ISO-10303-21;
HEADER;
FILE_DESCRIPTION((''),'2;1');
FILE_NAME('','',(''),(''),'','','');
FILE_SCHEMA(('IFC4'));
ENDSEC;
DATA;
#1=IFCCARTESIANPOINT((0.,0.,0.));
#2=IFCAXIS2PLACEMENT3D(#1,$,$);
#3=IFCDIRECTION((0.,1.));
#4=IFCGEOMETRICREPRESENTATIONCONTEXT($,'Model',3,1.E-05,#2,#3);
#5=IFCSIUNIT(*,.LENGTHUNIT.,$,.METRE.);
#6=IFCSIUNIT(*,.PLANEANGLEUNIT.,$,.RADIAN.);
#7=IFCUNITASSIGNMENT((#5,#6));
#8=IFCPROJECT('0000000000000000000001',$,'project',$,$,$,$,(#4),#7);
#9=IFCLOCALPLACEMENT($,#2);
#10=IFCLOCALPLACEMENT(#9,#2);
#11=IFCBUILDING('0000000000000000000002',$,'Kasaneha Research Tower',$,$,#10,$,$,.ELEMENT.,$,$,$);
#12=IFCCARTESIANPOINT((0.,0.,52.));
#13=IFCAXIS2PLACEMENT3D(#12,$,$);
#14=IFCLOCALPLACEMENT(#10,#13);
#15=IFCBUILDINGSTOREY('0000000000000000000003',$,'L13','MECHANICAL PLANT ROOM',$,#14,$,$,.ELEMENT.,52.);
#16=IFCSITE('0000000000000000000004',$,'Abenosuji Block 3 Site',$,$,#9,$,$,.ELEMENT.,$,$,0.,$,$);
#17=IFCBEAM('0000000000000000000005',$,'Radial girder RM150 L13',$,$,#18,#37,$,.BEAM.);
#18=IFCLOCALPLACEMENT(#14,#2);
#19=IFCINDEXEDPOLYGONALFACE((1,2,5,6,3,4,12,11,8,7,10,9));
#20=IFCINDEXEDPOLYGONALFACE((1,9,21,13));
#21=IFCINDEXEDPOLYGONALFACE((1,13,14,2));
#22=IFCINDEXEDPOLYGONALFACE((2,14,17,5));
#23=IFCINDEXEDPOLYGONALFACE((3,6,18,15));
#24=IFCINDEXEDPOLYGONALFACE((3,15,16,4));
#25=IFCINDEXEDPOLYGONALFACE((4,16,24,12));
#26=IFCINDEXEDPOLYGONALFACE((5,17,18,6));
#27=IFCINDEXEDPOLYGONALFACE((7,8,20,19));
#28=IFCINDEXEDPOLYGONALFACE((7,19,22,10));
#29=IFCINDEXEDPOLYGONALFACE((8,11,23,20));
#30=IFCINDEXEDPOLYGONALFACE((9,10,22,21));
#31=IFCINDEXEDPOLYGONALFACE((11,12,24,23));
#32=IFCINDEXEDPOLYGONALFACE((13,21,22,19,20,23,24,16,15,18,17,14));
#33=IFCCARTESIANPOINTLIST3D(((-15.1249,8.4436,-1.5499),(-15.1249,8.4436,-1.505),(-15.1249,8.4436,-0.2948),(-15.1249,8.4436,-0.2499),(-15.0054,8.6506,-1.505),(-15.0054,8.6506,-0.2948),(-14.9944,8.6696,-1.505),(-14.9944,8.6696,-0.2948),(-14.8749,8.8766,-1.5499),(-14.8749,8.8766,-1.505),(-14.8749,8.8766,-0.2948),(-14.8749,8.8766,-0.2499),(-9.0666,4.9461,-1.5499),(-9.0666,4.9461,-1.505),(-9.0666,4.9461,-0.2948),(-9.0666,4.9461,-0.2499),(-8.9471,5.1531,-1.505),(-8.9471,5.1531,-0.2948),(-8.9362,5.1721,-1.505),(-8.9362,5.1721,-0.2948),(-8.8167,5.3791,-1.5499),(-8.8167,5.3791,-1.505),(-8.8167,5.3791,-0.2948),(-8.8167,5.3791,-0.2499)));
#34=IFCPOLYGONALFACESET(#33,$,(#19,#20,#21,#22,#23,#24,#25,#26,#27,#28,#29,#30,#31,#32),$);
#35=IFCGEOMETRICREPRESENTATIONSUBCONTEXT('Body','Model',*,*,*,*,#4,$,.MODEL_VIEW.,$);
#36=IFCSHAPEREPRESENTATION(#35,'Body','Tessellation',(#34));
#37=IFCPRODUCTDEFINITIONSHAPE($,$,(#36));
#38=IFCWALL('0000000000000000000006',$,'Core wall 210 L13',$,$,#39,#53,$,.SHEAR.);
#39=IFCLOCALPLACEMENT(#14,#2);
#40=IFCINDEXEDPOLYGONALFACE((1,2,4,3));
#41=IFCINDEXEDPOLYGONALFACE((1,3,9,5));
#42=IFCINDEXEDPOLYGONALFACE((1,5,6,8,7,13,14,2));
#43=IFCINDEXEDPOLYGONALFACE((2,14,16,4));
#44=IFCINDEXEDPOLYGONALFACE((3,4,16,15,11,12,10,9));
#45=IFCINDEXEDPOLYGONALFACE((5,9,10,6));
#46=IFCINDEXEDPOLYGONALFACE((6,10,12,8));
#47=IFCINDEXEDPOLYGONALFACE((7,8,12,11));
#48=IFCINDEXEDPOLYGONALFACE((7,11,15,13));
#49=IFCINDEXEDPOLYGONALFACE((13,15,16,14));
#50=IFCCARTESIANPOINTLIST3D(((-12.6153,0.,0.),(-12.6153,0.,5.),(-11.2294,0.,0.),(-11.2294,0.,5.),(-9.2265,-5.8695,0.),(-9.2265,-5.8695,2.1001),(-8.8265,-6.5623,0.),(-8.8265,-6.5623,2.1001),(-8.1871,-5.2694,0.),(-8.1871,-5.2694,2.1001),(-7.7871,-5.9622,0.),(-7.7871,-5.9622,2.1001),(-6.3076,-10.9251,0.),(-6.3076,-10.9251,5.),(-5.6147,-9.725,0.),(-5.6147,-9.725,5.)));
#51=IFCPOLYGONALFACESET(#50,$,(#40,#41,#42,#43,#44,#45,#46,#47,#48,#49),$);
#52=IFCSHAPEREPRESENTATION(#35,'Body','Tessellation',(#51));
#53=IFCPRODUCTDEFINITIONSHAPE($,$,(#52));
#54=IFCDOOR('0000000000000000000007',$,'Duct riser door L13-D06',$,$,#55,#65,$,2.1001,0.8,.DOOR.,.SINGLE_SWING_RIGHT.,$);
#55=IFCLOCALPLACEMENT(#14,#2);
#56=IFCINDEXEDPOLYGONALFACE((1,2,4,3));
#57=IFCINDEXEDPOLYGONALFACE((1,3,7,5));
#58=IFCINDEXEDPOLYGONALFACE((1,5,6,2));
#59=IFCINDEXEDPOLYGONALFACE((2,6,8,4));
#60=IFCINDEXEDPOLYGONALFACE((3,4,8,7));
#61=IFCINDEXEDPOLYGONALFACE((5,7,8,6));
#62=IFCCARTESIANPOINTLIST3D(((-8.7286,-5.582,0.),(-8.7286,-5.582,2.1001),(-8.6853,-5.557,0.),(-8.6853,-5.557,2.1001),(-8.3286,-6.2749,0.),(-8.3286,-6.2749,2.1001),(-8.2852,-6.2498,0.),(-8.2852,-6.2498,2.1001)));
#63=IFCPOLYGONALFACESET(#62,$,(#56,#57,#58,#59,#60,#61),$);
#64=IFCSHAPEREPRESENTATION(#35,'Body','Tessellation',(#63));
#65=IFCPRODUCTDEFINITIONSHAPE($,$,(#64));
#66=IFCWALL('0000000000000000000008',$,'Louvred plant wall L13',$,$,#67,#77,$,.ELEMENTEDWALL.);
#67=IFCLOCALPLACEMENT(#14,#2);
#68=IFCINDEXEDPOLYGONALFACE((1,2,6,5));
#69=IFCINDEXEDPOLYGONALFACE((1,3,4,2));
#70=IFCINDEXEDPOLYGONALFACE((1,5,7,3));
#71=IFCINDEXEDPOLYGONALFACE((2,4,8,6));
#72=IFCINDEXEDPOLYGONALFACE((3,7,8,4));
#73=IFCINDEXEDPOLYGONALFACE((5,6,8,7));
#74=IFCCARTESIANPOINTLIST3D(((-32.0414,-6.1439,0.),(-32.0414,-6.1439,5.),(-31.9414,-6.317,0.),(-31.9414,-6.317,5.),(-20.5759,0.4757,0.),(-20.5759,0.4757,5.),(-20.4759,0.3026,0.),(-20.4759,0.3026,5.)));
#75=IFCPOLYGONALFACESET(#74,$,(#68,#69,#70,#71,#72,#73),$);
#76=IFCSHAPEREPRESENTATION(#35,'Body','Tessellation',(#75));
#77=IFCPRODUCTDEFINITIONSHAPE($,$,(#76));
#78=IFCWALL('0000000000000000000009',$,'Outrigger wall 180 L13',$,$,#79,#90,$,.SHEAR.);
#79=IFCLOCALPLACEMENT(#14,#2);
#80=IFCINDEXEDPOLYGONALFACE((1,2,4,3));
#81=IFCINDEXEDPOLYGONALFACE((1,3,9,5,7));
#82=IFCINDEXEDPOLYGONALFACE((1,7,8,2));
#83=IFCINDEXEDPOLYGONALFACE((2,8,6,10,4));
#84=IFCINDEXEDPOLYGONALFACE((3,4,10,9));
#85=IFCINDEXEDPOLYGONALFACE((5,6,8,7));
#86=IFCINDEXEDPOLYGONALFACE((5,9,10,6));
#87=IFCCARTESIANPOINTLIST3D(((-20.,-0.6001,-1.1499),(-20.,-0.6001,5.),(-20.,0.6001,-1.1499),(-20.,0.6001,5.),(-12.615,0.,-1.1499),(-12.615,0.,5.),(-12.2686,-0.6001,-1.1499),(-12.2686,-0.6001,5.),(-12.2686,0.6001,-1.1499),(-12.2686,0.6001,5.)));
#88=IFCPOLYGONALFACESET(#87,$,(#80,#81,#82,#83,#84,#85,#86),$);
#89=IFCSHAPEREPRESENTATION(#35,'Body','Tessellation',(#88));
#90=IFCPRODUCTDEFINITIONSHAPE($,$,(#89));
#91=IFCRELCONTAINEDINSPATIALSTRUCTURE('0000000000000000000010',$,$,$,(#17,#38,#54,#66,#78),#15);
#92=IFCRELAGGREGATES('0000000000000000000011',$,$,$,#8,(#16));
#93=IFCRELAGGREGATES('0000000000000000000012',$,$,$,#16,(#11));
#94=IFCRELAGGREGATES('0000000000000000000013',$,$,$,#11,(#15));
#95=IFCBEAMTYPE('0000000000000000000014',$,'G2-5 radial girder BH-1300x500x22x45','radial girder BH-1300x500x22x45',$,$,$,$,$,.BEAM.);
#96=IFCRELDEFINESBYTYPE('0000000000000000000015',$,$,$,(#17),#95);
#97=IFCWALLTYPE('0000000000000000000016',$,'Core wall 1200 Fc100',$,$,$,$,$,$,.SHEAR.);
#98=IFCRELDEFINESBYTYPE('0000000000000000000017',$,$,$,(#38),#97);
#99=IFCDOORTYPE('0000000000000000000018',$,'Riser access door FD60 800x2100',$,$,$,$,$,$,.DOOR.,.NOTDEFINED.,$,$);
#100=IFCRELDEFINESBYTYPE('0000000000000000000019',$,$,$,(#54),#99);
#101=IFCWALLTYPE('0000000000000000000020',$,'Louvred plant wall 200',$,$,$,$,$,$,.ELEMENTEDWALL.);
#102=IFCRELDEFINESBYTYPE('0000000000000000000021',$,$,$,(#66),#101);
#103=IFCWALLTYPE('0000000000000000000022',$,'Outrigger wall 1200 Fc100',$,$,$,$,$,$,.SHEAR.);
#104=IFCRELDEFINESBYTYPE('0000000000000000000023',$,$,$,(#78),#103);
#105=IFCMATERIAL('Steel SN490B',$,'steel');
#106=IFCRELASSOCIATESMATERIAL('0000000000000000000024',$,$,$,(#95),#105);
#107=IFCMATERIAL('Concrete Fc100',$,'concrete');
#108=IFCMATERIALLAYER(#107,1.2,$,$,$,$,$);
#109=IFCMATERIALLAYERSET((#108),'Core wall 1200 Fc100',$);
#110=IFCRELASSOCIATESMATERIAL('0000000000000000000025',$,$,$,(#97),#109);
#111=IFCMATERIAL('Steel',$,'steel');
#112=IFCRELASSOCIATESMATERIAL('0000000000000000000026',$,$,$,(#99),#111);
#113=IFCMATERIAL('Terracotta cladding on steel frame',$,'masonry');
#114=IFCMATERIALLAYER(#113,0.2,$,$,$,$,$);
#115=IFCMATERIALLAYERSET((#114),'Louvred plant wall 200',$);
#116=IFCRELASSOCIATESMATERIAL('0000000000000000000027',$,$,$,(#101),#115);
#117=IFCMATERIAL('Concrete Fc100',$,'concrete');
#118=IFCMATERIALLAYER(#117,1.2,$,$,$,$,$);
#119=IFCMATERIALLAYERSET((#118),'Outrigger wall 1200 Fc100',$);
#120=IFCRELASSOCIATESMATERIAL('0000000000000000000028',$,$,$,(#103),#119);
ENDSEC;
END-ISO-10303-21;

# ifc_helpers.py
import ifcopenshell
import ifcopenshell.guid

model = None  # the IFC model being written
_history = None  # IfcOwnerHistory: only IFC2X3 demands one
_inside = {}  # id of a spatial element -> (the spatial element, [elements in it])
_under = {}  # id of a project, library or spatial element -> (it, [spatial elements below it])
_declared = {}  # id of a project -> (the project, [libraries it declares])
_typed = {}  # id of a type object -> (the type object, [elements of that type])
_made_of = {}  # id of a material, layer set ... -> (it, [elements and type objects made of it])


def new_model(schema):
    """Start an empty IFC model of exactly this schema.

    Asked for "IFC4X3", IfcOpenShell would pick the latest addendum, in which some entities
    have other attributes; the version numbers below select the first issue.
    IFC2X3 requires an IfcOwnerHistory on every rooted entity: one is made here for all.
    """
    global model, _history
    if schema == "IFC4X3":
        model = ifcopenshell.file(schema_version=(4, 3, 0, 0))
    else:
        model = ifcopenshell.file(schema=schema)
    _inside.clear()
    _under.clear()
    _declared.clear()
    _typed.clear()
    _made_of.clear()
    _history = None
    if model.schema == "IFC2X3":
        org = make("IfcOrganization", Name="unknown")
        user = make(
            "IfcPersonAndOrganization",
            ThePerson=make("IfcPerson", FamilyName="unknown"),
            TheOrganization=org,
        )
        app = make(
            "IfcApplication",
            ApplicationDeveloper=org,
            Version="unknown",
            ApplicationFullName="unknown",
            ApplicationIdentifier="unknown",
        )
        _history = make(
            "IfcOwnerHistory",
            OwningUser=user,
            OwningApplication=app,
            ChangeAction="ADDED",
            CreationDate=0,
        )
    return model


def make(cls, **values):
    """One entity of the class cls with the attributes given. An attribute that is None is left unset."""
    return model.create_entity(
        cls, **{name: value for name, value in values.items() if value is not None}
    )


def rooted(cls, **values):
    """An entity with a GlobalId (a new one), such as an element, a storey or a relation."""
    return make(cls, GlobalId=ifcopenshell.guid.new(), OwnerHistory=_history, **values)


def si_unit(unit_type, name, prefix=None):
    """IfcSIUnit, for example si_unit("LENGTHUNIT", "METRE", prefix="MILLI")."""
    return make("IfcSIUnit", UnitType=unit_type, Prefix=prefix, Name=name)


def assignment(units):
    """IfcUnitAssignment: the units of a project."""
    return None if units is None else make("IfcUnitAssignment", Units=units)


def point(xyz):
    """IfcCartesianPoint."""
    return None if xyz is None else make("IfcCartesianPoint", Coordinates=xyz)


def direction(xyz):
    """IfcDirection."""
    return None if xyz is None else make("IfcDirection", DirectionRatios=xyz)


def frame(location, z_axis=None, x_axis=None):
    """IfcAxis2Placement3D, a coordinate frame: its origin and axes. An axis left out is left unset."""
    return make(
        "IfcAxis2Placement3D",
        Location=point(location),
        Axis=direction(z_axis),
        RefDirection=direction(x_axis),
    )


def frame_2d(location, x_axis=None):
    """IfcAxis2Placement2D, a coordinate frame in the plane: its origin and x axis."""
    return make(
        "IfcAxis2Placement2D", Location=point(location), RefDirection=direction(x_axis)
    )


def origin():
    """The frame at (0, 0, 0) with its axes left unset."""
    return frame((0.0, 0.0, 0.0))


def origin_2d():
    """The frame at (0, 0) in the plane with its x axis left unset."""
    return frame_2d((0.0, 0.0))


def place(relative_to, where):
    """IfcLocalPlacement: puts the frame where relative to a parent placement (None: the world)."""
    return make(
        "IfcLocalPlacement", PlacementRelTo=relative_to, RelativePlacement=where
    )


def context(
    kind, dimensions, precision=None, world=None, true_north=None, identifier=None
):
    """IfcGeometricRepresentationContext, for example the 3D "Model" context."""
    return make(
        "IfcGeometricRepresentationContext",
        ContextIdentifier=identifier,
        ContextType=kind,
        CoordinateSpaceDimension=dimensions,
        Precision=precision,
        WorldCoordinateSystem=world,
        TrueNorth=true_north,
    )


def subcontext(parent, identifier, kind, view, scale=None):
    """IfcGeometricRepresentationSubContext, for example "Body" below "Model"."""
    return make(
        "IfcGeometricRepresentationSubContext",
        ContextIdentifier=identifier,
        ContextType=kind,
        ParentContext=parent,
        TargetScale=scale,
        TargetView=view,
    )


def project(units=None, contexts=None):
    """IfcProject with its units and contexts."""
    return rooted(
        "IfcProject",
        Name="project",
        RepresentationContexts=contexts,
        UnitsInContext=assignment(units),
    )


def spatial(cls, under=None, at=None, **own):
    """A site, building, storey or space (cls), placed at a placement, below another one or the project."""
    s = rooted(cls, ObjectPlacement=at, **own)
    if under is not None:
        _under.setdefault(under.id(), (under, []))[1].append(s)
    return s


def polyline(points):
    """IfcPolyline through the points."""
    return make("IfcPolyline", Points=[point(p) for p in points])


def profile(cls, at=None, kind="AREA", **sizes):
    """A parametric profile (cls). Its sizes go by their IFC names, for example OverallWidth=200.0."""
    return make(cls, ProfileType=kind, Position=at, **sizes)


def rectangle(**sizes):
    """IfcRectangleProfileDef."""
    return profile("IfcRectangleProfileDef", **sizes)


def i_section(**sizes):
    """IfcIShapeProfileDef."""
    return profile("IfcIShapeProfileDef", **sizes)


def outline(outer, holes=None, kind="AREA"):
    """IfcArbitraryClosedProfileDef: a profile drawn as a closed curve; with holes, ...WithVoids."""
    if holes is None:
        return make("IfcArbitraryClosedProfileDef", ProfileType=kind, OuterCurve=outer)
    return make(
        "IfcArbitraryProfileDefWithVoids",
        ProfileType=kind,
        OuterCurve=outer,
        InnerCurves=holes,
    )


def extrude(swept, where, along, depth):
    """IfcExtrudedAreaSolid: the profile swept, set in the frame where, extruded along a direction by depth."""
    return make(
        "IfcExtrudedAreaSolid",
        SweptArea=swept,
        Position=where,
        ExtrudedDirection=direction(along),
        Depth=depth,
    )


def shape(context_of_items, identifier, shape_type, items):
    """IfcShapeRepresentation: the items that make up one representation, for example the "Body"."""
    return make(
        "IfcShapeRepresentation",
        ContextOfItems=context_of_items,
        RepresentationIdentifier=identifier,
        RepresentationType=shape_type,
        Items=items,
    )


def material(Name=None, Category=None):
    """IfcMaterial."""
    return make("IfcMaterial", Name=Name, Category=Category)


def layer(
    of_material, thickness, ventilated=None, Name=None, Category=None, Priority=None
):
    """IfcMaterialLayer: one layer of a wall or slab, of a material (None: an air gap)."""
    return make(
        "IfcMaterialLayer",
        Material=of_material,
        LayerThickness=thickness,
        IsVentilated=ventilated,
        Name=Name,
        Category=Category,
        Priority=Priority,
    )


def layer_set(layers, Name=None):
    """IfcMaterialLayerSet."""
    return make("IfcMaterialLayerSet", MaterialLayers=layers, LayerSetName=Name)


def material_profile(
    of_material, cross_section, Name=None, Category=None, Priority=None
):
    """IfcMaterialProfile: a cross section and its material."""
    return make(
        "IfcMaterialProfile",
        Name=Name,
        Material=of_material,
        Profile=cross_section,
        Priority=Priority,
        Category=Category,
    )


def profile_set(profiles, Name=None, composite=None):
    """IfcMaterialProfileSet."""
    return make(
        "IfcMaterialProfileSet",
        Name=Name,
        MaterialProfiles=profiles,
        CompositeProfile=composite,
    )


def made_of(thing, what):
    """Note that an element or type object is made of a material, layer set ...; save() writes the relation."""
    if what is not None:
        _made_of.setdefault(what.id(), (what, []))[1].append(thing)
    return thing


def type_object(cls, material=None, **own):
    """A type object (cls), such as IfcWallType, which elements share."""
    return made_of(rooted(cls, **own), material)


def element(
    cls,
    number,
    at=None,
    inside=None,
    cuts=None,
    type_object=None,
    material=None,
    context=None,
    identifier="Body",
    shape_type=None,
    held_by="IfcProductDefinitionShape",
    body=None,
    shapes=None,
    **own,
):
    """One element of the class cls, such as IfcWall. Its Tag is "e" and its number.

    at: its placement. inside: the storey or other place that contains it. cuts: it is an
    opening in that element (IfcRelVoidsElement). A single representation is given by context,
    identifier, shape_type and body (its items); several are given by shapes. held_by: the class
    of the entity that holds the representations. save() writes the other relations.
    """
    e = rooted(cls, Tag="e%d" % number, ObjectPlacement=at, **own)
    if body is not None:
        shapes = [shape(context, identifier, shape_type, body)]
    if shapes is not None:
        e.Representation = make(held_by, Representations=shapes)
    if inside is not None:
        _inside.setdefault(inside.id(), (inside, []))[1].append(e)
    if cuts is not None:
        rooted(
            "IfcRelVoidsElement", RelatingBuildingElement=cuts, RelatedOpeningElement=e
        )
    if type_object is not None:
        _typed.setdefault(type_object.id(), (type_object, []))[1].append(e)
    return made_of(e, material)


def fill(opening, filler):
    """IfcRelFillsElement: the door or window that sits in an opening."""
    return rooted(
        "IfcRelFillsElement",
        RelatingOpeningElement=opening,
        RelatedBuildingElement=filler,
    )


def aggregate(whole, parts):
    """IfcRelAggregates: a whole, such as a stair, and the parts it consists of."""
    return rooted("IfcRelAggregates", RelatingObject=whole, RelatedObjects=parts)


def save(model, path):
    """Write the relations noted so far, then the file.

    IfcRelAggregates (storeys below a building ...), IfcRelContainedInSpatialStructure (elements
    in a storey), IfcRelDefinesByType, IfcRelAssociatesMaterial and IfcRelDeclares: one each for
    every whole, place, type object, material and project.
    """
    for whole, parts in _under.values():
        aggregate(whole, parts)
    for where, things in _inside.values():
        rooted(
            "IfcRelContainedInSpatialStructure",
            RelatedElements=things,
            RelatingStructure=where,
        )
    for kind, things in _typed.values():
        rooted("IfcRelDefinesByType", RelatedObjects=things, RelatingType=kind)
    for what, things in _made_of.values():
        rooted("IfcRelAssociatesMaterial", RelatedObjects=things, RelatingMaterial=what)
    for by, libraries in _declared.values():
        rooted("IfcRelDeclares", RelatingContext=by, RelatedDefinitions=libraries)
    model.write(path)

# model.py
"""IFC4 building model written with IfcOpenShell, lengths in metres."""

from ifc_helpers import new_model, si_unit, direction, frame, frame_2d, origin, origin_2d, place, context, subcontext, project, spatial, polyline, rectangle, i_section, outline, extrude, material, layer, layer_set, material_profile, profile_set, type_object, element, fill, save


model = new_model("IFC4")

# Units and contexts
model_context = context("Model", 3, precision=1e-05, world=origin(), true_north=direction((0.0, 1.0)))
body_context = subcontext(model_context, "Body", "Model", "MODEL_VIEW")
ifc_project = project(units=[si_unit("LENGTHUNIT", "METRE"), si_unit("PLANEANGLEUNIT", "RADIAN")], contexts=[model_context])

# Site, building, storey
site_placement = place(None, origin())
site = spatial("IfcSite", under=ifc_project, at=site_placement, Name="Abenosuji Block 3 Site", CompositionType="ELEMENT", RefElevation=0.0)
building_placement = place(site_placement, origin())
building = spatial("IfcBuilding", under=site, at=building_placement, Name="Kasaneha Research Tower", CompositionType="ELEMENT")
storey_placement = place(building_placement, frame((0.0, 0.0, 52.0)))
storey = spatial("IfcBuildingStorey", under=building, at=storey_placement, Name="L13", Description="MECHANICAL PLANT ROOM", CompositionType="ELEMENT", Elevation=52.0)

# Beam
ifc_material_1 = material(Name="Steel SN490B", Category="steel")
ifc_material_profile_1 = material_profile(ifc_material_1, i_section(OverallWidth=0.5, OverallDepth=1.3, WebThickness=0.022, FlangeThickness=0.0449, at=origin_2d()), Name="BH-1300x500x22x45")
ifc_profile_set_1 = profile_set([ifc_material_profile_1], Name="Steel SN490B")
beam_type_1 = type_object("IfcBeamType", Name="G2-5 radial girder BH-1300x500x22x45", Description="radial girder BH-1300x500x22x45", PredefinedType="BEAM", material=ifc_profile_set_1)
beam_1_placement = place(storey_placement, frame((-8.9417, 5.1626, -0.8999), z_axis=(-0.86604, 0.499975, 0.0), x_axis=(-0.499975, -0.86604, 0.0)))
element("IfcBeam", 1, at=beam_1_placement, inside=storey, type_object=beam_type_1, Name="Radial girder RM150 L13", PredefinedType="BEAM", context=body_context, shape_type="SweptSolid", body=[
    extrude(i_section(OverallWidth=0.5, OverallDepth=1.3, WebThickness=0.022, FlangeThickness=0.0449, at=origin_2d()), origin(), (0.0, 0.0, 1.0), 6.9954),
])

# Wall, opening, door
ifc_material_2 = material(Name="Concrete Fc100", Category="concrete")
ifc_layer_1 = layer(ifc_material_2, 1.2)
ifc_layer_set_1 = layer_set([ifc_layer_1], Name="Core wall 1200 Fc100")
wall_type_1 = type_object("IfcWallType", Name="Core wall 1200 Fc100", PredefinedType="SHEAR", material=ifc_layer_set_1)
wall_1_placement = place(storey_placement, frame((-11.9224, 0.0, 0.0), z_axis=(0.0, 0.0, 1.0), x_axis=(0.500004, -0.866023, 0.0)))
wall_1 = element("IfcWall", 2, at=wall_1_placement, inside=storey, type_object=wall_type_1, Name="Core wall 210 L13", PredefinedType="SHEAR", context=body_context, shape_type="SweptSolid", body=[
    extrude(outline(polyline([(-0.3464, -0.6001), (6.4312, -0.6001), (7.2312, -0.6001), (12.2688, -0.6001), (11.5759, 0.6001), (7.2312, 0.6001), (6.4312, 0.6001), (0.3464, 0.6001), (-0.3464, -0.6001)])), origin(), (0.0, 0.0, 1.0), 5.0),
])
opening_1_placement = place(wall_1_placement, frame((6.4312, 0.0, 0.0)))
opening_1 = element("IfcOpeningElement", 3, at=opening_1_placement, cuts=wall_1, PredefinedType="OPENING", context=body_context, shape_type="SweptSolid", body=[
    extrude(rectangle(XDim=0.8, YDim=2.1001, at=frame_2d((0.3999, 1.05))), frame((0.0, 0.6099, 0.0), z_axis=(0.0, -1.0, 0.0), x_axis=(1.0, 0.0, 0.0)), (0.0, 0.0, 1.0), 1.22),
])
ifc_material_3 = material(Name="Steel", Category="steel")
door_type_1 = type_object("IfcDoorType", Name="Riser access door FD60 800x2100", OperationType="NOTDEFINED", PredefinedType="DOOR", material=ifc_material_3)
door_1_placement = place(opening_1_placement, origin())
door_1 = element("IfcDoor", 4, at=door_1_placement, inside=storey, type_object=door_type_1, Name="Duct riser door L13-D06", OperationType="SINGLE_SWING_RIGHT", OverallHeight=2.1001, OverallWidth=0.8, PredefinedType="DOOR", context=body_context, shape_type="SweptSolid", body=[
    extrude(rectangle(XDim=0.8, YDim=2.1001, at=frame_2d((0.3999, 1.05))), frame((0.0, 0.0249, 0.0), z_axis=(0.0, -1.0, 0.0), x_axis=(1.0, 0.0, 0.0)), (0.0, 0.0, 1.0), 0.05),
])
fill(opening_1, door_1)

# Walls
ifc_material_4 = material(Name="Terracotta cladding on steel frame", Category="masonry")
ifc_layer_2 = layer(ifc_material_4, 0.2)
ifc_layer_set_2 = layer_set([ifc_layer_2], Name="Louvred plant wall 200")
wall_type_2 = type_object("IfcWallType", Name="Louvred plant wall 200", PredefinedType="ELEMENTEDWALL", material=ifc_layer_set_2)
wall_2_placement = place(storey_placement, frame((-20.5259, 0.3892, 0.0), z_axis=(0.0, 0.0, 1.0), x_axis=(-0.866026, -0.499999, 0.0)))
element("IfcWall", 5, at=wall_2_placement, inside=storey, type_object=wall_type_2, Name="Louvred plant wall L13", PredefinedType="ELEMENTEDWALL", context=body_context, shape_type="SweptSolid", body=[
    extrude(rectangle(XDim=13.2393, YDim=0.2, at=frame_2d((6.6196, 0.0))), origin(), (0.0, 0.0, 1.0), 5.0),
])
ifc_material_5 = material(Name="Concrete Fc100", Category="concrete")
ifc_layer_3 = layer(ifc_material_5, 1.2)
ifc_layer_set_3 = layer_set([ifc_layer_3], Name="Outrigger wall 1200 Fc100")
wall_type_3 = type_object("IfcWallType", Name="Outrigger wall 1200 Fc100", PredefinedType="SHEAR", material=ifc_layer_set_3)
wall_3_placement = place(storey_placement, frame((-12.615, 0.0, -1.1499), z_axis=(0.0, 0.0, 1.0), x_axis=(-1.0, 0.0, 0.0)))
element("IfcWall", 6, at=wall_3_placement, inside=storey, type_object=wall_type_3, Name="Outrigger wall 180 L13", PredefinedType="SHEAR", context=body_context, shape_type="SweptSolid", body=[
    extrude(outline(polyline([(-0.3464, -0.6001), (7.385, -0.6001), (7.385, 0.6001), (-0.3464, 0.6001), (0.0, 0.0), (-0.3464, -0.6001)])), origin(), (0.0, 0.0, 1.0), 6.1499),
])

save(model, "model.ifc")
